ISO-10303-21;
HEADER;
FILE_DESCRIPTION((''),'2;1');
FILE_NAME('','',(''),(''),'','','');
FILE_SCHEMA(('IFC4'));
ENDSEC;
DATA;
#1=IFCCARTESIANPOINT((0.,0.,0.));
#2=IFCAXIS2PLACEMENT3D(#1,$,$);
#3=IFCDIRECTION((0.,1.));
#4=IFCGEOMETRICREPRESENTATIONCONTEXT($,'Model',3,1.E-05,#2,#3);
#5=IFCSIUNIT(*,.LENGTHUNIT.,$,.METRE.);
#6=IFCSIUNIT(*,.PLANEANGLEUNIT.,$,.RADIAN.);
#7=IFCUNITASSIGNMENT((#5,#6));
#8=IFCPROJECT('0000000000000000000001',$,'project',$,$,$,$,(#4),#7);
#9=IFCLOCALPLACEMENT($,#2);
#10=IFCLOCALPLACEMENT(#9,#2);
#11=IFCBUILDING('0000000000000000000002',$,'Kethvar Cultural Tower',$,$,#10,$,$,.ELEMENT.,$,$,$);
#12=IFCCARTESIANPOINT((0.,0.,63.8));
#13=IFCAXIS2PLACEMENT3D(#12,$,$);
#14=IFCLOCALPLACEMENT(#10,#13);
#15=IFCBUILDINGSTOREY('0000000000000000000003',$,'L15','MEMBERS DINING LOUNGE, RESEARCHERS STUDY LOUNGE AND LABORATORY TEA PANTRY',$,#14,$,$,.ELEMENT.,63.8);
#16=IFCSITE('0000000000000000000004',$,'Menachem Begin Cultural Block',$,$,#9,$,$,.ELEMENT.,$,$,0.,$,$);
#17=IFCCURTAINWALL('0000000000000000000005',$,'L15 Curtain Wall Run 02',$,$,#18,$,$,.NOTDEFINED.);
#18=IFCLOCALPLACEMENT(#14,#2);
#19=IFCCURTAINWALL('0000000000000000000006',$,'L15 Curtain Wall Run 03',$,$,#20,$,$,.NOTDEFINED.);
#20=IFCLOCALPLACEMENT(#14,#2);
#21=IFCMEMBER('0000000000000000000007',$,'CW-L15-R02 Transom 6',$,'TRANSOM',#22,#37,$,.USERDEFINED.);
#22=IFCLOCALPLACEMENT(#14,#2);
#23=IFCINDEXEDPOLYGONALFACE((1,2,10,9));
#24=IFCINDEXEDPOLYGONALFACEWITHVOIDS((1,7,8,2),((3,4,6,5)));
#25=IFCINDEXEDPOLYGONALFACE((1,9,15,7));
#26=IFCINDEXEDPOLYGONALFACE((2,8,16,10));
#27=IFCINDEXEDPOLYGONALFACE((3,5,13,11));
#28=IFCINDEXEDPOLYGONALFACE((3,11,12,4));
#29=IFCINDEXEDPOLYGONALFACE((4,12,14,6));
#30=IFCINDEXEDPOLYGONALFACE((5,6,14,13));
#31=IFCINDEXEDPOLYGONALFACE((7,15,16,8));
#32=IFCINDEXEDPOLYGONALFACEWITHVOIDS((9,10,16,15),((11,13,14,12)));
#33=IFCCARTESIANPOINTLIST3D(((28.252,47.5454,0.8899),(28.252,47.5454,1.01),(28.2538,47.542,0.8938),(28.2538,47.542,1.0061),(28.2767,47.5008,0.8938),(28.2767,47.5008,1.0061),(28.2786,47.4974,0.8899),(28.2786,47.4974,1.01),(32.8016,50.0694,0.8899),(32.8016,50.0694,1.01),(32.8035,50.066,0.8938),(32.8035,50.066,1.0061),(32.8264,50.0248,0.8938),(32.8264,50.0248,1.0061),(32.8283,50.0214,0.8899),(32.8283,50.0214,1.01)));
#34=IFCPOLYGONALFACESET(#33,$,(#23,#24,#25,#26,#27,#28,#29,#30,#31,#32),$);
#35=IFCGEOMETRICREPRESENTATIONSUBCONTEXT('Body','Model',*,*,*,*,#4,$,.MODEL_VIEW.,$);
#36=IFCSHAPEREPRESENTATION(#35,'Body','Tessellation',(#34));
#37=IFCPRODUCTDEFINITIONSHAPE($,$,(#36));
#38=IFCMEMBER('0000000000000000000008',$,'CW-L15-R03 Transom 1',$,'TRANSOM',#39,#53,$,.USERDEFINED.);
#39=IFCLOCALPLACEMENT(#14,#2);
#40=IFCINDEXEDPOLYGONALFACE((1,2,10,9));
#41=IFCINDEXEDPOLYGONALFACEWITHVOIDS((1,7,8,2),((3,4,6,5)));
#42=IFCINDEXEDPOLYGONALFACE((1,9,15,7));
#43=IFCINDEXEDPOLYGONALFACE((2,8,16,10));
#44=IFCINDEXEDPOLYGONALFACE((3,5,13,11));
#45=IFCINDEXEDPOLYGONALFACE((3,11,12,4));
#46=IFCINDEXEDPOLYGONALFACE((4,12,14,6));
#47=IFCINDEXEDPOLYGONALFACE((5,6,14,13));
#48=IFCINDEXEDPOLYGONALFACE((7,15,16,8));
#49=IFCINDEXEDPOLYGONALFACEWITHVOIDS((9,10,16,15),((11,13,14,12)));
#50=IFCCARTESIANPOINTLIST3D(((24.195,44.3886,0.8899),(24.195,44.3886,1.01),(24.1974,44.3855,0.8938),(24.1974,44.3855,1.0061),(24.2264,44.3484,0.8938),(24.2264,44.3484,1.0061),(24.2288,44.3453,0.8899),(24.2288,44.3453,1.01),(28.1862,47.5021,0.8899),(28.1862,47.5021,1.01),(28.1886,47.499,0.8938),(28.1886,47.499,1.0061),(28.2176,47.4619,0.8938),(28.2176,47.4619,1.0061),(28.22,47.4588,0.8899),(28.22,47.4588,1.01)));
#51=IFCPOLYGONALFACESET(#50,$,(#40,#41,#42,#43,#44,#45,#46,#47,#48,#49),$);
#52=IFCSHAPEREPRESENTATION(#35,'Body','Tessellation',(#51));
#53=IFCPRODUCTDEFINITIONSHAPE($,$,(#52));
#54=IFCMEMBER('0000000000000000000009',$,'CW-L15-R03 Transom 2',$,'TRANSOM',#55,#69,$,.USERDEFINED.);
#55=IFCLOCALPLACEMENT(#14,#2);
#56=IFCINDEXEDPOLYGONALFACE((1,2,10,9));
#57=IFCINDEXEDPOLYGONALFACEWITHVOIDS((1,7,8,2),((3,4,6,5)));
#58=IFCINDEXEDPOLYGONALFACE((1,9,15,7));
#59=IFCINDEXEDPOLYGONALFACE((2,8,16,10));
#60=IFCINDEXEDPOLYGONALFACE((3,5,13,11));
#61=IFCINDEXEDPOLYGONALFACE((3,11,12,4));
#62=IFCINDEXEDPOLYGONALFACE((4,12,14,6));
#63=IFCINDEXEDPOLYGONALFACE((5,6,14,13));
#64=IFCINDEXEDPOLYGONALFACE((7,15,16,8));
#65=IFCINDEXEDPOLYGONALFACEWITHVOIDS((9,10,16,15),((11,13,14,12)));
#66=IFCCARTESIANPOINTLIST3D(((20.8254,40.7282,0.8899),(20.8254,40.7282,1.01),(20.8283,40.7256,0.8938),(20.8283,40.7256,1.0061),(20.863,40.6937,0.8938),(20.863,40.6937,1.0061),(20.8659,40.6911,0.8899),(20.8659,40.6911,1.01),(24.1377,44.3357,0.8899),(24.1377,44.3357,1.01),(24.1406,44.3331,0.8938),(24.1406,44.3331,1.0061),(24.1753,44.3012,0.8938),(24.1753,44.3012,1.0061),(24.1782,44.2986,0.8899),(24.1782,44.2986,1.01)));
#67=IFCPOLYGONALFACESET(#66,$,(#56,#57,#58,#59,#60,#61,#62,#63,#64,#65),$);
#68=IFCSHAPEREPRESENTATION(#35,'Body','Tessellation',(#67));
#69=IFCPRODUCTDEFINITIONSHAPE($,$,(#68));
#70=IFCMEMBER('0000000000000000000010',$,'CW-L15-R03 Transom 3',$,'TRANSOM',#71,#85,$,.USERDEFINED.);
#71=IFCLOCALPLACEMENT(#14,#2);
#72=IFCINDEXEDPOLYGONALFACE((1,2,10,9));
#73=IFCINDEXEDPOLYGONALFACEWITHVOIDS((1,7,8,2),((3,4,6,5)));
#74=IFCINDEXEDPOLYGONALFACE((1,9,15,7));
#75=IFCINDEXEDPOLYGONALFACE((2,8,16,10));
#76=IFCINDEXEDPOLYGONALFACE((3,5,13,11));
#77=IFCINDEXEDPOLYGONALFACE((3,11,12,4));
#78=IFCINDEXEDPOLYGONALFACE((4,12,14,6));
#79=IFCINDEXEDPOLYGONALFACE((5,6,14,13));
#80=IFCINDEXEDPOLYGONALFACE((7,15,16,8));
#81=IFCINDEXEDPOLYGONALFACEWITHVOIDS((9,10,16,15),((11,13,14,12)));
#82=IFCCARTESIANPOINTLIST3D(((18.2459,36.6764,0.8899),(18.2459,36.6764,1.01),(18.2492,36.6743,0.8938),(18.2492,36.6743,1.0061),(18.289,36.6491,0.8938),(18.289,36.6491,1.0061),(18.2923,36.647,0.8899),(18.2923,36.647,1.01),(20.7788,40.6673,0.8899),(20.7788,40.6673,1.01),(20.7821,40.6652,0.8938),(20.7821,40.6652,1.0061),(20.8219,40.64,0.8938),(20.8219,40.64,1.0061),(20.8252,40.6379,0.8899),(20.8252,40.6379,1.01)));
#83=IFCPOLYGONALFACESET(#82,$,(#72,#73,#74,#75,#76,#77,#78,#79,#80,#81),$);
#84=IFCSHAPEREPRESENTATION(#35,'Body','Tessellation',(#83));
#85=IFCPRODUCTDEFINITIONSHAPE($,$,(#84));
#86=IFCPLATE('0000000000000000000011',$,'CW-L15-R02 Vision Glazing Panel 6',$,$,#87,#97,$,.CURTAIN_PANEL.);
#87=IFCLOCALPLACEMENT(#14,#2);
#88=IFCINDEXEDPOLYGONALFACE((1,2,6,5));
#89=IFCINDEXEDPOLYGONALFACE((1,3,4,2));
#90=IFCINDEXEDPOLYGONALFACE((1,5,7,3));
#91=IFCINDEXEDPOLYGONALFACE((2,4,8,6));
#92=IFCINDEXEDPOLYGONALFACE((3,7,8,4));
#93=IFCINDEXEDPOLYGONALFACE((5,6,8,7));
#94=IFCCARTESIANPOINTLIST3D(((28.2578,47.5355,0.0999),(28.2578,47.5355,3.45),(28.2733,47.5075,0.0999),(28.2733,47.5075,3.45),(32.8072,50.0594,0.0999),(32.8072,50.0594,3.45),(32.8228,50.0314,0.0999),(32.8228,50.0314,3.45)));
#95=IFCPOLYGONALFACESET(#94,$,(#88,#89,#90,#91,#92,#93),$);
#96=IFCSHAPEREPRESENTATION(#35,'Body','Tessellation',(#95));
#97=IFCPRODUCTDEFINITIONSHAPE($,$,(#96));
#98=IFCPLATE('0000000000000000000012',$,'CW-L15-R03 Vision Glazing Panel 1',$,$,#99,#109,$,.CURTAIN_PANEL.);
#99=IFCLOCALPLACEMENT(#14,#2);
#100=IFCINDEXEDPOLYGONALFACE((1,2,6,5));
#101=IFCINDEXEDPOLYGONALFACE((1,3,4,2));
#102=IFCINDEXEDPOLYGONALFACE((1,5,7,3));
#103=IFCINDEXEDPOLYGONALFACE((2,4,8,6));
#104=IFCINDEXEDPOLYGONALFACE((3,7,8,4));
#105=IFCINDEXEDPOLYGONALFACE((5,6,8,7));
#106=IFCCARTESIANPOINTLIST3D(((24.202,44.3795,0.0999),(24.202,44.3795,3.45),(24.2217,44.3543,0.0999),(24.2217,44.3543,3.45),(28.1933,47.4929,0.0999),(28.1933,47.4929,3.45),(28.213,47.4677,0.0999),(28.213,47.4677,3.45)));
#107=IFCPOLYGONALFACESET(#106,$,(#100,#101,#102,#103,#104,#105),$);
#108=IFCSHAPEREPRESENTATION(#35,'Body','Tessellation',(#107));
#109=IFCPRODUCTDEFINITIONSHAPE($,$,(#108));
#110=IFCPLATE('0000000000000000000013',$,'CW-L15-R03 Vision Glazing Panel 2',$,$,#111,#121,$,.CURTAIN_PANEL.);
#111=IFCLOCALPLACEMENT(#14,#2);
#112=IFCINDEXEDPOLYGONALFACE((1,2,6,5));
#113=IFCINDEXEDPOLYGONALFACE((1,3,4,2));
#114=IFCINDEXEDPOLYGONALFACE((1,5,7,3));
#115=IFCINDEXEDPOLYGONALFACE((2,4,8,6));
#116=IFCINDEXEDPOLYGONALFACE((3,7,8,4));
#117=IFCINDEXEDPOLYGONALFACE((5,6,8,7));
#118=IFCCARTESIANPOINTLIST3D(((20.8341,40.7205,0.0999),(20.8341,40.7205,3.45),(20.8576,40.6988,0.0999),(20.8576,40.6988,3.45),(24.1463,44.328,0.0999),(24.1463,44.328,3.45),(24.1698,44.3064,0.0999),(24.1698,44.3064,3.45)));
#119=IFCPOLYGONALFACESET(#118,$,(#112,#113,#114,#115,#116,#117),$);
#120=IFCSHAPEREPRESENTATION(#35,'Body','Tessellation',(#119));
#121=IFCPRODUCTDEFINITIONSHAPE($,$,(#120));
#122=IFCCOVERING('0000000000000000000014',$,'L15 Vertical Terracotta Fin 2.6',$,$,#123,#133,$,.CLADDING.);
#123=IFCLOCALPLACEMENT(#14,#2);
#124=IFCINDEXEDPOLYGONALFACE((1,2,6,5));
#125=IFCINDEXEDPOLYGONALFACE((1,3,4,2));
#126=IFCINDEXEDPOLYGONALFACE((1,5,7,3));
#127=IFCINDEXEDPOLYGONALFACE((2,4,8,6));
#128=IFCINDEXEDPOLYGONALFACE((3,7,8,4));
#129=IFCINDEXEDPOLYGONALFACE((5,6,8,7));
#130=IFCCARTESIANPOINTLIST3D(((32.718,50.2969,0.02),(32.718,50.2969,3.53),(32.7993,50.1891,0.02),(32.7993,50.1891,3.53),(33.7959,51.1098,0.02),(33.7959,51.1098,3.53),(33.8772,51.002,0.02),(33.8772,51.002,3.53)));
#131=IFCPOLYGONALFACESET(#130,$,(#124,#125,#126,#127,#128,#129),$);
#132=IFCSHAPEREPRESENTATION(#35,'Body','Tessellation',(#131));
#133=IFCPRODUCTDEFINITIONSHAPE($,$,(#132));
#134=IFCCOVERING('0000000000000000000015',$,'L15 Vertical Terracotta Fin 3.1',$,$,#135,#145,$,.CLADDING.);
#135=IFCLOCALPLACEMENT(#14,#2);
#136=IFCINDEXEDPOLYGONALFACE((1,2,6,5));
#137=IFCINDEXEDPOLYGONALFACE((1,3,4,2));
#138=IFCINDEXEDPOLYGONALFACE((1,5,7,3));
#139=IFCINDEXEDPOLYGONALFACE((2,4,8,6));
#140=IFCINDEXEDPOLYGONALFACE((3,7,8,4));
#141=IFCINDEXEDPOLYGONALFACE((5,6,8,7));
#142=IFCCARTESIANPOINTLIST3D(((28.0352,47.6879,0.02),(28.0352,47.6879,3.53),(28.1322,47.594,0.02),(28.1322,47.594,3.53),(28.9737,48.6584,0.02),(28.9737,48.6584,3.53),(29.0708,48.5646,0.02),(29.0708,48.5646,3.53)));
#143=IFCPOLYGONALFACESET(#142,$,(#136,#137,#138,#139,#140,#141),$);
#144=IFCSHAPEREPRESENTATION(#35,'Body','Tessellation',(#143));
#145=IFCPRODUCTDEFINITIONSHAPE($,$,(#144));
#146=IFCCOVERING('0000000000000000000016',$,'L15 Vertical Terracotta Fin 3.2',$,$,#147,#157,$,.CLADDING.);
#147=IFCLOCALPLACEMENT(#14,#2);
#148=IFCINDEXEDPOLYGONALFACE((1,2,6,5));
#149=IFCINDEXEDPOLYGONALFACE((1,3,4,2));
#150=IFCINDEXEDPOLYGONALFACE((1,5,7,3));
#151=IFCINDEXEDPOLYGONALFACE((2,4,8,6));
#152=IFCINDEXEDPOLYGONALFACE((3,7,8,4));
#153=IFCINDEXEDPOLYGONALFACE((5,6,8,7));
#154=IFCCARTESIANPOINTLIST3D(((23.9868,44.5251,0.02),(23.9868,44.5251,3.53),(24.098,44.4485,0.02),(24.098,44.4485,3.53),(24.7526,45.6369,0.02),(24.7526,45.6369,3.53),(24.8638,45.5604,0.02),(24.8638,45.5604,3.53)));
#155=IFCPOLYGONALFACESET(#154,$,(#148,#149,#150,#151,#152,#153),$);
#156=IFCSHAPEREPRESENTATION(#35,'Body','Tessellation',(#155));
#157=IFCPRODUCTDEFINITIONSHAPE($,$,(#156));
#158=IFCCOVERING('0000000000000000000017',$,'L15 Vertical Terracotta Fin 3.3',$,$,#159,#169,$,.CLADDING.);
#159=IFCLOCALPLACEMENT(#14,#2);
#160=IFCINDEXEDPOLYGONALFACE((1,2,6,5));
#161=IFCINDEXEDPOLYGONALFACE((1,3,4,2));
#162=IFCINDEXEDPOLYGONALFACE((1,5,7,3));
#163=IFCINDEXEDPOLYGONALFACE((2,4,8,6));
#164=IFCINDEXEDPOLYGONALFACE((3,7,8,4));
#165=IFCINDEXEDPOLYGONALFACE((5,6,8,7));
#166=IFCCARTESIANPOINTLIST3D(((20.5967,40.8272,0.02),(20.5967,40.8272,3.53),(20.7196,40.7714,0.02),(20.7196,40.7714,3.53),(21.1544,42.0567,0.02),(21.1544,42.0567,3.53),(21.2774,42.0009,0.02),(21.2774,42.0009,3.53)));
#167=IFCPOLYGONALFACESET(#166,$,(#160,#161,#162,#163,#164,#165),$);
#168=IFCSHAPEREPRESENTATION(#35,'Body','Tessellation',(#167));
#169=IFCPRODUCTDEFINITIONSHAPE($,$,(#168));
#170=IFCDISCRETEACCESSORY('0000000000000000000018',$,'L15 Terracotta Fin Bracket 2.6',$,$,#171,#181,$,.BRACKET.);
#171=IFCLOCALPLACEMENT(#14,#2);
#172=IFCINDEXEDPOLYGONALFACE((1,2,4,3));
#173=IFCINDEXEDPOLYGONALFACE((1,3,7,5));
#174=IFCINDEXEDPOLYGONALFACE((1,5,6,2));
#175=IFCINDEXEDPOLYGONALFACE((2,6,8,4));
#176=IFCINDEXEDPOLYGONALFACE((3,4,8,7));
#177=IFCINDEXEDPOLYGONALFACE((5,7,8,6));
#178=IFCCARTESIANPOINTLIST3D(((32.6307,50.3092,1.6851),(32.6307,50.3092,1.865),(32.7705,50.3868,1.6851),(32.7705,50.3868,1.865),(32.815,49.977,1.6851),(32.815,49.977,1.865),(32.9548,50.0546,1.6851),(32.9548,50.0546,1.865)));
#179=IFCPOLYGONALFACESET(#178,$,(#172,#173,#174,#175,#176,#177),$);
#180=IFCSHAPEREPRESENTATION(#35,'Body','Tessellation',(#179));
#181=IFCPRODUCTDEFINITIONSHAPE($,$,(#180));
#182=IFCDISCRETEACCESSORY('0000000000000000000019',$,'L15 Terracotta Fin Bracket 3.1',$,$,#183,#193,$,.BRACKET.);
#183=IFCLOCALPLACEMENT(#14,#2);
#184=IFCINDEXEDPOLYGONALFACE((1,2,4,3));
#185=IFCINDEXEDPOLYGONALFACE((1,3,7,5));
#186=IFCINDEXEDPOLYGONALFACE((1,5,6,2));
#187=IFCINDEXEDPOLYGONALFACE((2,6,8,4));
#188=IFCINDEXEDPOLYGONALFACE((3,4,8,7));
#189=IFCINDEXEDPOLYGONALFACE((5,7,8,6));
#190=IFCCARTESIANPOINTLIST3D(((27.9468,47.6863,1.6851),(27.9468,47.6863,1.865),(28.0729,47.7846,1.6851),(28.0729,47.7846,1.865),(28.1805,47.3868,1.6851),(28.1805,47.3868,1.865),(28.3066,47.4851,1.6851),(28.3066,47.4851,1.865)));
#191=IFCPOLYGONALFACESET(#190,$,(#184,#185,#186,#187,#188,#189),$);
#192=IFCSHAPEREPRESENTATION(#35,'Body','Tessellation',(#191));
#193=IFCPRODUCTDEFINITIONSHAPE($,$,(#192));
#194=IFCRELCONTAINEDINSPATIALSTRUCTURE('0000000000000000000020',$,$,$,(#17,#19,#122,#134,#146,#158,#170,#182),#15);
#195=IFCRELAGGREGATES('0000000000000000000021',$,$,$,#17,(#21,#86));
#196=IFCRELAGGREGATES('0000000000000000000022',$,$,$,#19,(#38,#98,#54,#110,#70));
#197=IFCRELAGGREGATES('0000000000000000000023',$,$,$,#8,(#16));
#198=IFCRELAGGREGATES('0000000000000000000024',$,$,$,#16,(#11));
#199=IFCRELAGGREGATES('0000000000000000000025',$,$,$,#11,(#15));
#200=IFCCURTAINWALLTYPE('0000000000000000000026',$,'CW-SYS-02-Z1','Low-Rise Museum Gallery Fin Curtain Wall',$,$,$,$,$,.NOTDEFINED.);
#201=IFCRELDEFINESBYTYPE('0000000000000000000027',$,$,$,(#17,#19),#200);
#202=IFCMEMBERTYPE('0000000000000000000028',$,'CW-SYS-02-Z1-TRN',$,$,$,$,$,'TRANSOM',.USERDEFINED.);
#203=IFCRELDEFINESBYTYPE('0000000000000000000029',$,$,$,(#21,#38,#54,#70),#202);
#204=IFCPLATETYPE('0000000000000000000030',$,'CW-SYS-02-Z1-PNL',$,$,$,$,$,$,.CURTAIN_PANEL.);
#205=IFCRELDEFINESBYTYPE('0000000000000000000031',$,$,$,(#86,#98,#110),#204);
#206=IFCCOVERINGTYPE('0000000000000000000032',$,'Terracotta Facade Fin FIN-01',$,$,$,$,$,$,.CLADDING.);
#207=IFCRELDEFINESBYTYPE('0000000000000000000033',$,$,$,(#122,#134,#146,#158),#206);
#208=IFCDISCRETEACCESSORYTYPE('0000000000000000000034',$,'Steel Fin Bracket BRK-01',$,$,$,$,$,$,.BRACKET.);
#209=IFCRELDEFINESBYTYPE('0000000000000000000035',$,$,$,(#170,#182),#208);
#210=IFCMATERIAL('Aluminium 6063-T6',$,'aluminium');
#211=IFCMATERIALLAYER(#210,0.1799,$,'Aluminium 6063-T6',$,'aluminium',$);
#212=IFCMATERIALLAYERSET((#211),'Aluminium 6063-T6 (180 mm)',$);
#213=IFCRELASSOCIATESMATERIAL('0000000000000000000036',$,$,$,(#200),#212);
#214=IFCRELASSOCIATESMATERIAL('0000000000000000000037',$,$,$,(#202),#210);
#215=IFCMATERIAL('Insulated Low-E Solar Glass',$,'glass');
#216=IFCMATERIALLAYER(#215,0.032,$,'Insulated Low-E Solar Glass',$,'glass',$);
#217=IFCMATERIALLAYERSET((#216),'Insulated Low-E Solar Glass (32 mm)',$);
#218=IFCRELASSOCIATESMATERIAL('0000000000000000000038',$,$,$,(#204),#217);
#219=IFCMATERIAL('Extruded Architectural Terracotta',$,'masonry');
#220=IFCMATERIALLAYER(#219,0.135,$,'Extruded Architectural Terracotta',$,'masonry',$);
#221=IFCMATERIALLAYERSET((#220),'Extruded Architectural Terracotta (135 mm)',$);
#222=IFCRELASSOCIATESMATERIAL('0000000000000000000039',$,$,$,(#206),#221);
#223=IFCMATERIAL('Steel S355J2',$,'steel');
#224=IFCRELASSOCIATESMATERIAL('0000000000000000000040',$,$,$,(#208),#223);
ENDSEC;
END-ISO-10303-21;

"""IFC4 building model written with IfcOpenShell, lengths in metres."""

from ifc_helpers import new_model, si_unit, direction, frame, origin, origin_2d, place, context, subcontext, project, spatial, rectangle, hollow_rectangle, extrude, source, transform, mapped, material, layer, layer_set, material_profile, profile_set, type_object, element, aggregate, save


model = new_model("IFC4")

# Units and contexts
model_context = context("Model", 3, precision=1e-05, world=origin(), true_north=direction((0.0, 1.0)))
body_context = subcontext(model_context, "Body", "Model", "MODEL_VIEW")
ifc_project = project(units=[si_unit("LENGTHUNIT", "METRE"), si_unit("PLANEANGLEUNIT", "RADIAN")], contexts=[model_context])

# Site, building, storey
site_placement = place(None, origin())
site = spatial("IfcSite", under=ifc_project, at=site_placement, Name="Menachem Begin Cultural Block", CompositionType="ELEMENT", RefElevation=0.0)
building_placement = place(site_placement, origin())
building = spatial("IfcBuilding", under=site, at=building_placement, Name="Kethvar Cultural Tower", CompositionType="ELEMENT")
storey_placement = place(building_placement, frame((0.0, 0.0, 63.8)))
storey = spatial("IfcBuildingStorey", under=building, at=storey_placement, Name="L15", Description="MEMBERS DINING LOUNGE, RESEARCHERS STUDY LOUNGE AND LABORATORY TEA PANTRY", CompositionType="ELEMENT", Elevation=63.8)

# Shared definitions
ifc_material_1 = material(Name="Steel S355J2", Category="steel")

# Curtain walls
ifc_material_2 = material(Name="Aluminium 6063-T6", Category="aluminium")
ifc_layer_1 = layer(ifc_material_2, 0.1799, Name="Aluminium 6063-T6", Category="aluminium")
ifc_layer_set_1 = layer_set([ifc_layer_1], Name="Aluminium 6063-T6 (180 mm)")
curtain_wall_type = type_object("IfcCurtainWallType", Name="CW-SYS-02-Z1", Description="Low-Rise Museum Gallery Fin Curtain Wall", PredefinedType="NOTDEFINED", material=ifc_layer_set_1)
curtain_wall_1_placement = place(storey_placement, origin())
curtain_wall_1 = element("IfcCurtainWall", 1, at=curtain_wall_1_placement, inside=storey, type_object=curtain_wall_type, Name="L15 Curtain Wall Run 02", PredefinedType="NOTDEFINED")
curtain_wall_2_placement = place(storey_placement, origin())
curtain_wall_2 = element("IfcCurtainWall", 2, at=curtain_wall_2_placement, inside=storey, type_object=curtain_wall_type, Name="L15 Curtain Wall Run 03", PredefinedType="NOTDEFINED")

# Members
ifc_material_profile_1 = material_profile(ifc_material_2, hollow_rectangle(XDim=0.0549, YDim=0.1201, WallThickness=0.0039, at=origin_2d()), Name="Aluminium 6063-T6 — RHS120x55x4")
ifc_profile_set_1 = profile_set([ifc_material_profile_1], Name="Aluminium 6063-T6 — RHS120x55x4")
member_type_1 = type_object("IfcMemberType", Name="CW-SYS-02-Z1-TRN", ElementType="TRANSOM", PredefinedType="USERDEFINED", material=ifc_profile_set_1)
shared_shape_1 = source(origin(), body_context, "Body", "SweptSolid", [
    extrude(hollow_rectangle(XDim=0.0549, YDim=0.1201, WallThickness=0.0039, at=origin_2d()), origin(), (0.0, 0.0, 1.0), 5.2029),
])
member_1_placement = place(storey_placement, frame((32.8149, 50.0454, 0.95), z_axis=(-0.874452, -0.485113, 0.0), x_axis=(0.485113, -0.874452, 0.0)))
member_1 = element("IfcMember", 3, at=member_1_placement, type_object=member_type_1, Name="CW-L15-R02 Transom 6", ObjectType="TRANSOM", PredefinedType="USERDEFINED", context=body_context, shape_type="MappedRepresentation", body=[
    mapped(shared_shape_1, transform((0.0, 0.0, 0.0), scale=1.0)),
])
shared_shape_2 = source(origin(), body_context, "Body", "SweptSolid", [
    extrude(hollow_rectangle(XDim=0.0549, YDim=0.1201, WallThickness=0.0039, at=origin_2d()), origin(), (0.0, 0.0, 1.0), 5.062),
])
member_2_placement = place(storey_placement, frame((28.2031, 47.4805, 0.95), z_axis=(-0.788466, -0.615079, 0.0), x_axis=(0.615079, -0.788466, 0.0)))
member_2 = element("IfcMember", 4, at=member_2_placement, type_object=member_type_1, Name="CW-L15-R03 Transom 1", ObjectType="TRANSOM", PredefinedType="USERDEFINED", context=body_context, shape_type="MappedRepresentation", body=[
    mapped(shared_shape_2, transform((0.0, 0.0, 0.0), scale=1.0)),
])
shared_shape_3 = source(origin(), body_context, "Body", "SweptSolid", [
    extrude(hollow_rectangle(XDim=0.0549, YDim=0.1201, WallThickness=0.0039, at=origin_2d()), origin(), (0.0, 0.0, 1.0), 4.8975),
])
member_3_placement = place(storey_placement, frame((24.158, 44.3171, 0.95), z_axis=(-0.676329, -0.736599, 0.0), x_axis=(0.736599, -0.676329, 0.0)))
member_3 = element("IfcMember", 5, at=member_3_placement, type_object=member_type_1, Name="CW-L15-R03 Transom 2", ObjectType="TRANSOM", PredefinedType="USERDEFINED", context=body_context, shape_type="MappedRepresentation", body=[
    mapped(shared_shape_3, transform((0.0, 0.0, 0.0), scale=1.0)),
])
shared_shape_4 = source(origin(), body_context, "Body", "SweptSolid", [
    extrude(hollow_rectangle(XDim=0.0549, YDim=0.1201, WallThickness=0.0039, at=origin_2d()), origin(), (0.0, 0.0, 1.0), 4.7268),
])
member_4_placement = place(storey_placement, frame((20.802, 40.6526, 0.95), z_axis=(-0.535859, -0.844307, 0.0), x_axis=(0.844307, -0.535859, 0.0)))
member_4 = element("IfcMember", 6, at=member_4_placement, type_object=member_type_1, Name="CW-L15-R03 Transom 3", ObjectType="TRANSOM", PredefinedType="USERDEFINED", context=body_context, shape_type="MappedRepresentation", body=[
    mapped(shared_shape_4, transform((0.0, 0.0, 0.0), scale=1.0)),
])

# Plates
ifc_material_3 = material(Name="Insulated Low-E Solar Glass", Category="glass")
ifc_layer_2 = layer(ifc_material_3, 0.032, Name="Insulated Low-E Solar Glass", Category="glass")
ifc_layer_set_2 = layer_set([ifc_layer_2], Name="Insulated Low-E Solar Glass (32 mm)")
plate_type = type_object("IfcPlateType", Name="CW-SYS-02-Z1-PNL", PredefinedType="CURTAIN_PANEL", material=ifc_layer_set_2)
shared_shape_5 = source(origin(), body_context, "Body", "SweptSolid", [
    extrude(rectangle(XDim=5.2026, YDim=0.032, at=origin_2d()), origin(), (0.0, 0.0, 1.0), 3.3501),
])
plate_1_placement = place(storey_placement, frame((30.5403, 48.7834, 0.0999), z_axis=(0.0, 0.0, 1.0), x_axis=(-0.87445, -0.485115, 0.0)))
plate_1 = element("IfcPlate", 7, at=plate_1_placement, type_object=plate_type, Name="CW-L15-R02 Vision Glazing Panel 6", PredefinedType="CURTAIN_PANEL", context=body_context, shape_type="MappedRepresentation", body=[
    mapped(shared_shape_5, transform((0.0, 0.0, 0.0), scale=1.0)),
])
aggregate(curtain_wall_1, [member_1, plate_1])
shared_shape_6 = source(origin(), body_context, "Body", "SweptSolid", [
    extrude(rectangle(XDim=5.062, YDim=0.032, at=origin_2d()), origin(), (0.0, 0.0, 1.0), 3.3501),
])
plate_2_placement = place(storey_placement, frame((26.2075, 45.9236, 0.0999), z_axis=(0.0, 0.0, 1.0), x_axis=(-0.788483, -0.615056, 0.0)))
plate_2 = element("IfcPlate", 8, at=plate_2_placement, type_object=plate_type, Name="CW-L15-R03 Vision Glazing Panel 1", PredefinedType="CURTAIN_PANEL", context=body_context, shape_type="MappedRepresentation", body=[
    mapped(shared_shape_6, transform((0.0, 0.0, 0.0), scale=1.0)),
])
shared_shape_7 = source(origin(), body_context, "Body", "SweptSolid", [
    extrude(rectangle(XDim=4.8975, YDim=0.032, at=origin_2d()), origin(), (0.0, 0.0, 1.0), 3.3501),
])
plate_3_placement = place(storey_placement, frame((22.502, 42.5134, 0.0999), z_axis=(0.0, 0.0, 1.0), x_axis=(-0.67631, -0.736617, 0.0)))
plate_3 = element("IfcPlate", 9, at=plate_3_placement, type_object=plate_type, Name="CW-L15-R03 Vision Glazing Panel 2", PredefinedType="CURTAIN_PANEL", context=body_context, shape_type="MappedRepresentation", body=[
    mapped(shared_shape_7, transform((0.0, 0.0, 0.0), scale=1.0)),
])
aggregate(curtain_wall_2, [member_2, plate_2, member_3, plate_3, member_4])

# Coverings
ifc_material_4 = material(Name="Extruded Architectural Terracotta", Category="masonry")
ifc_layer_3 = layer(ifc_material_4, 0.135, Name="Extruded Architectural Terracotta", Category="masonry")
ifc_layer_set_3 = layer_set([ifc_layer_3], Name="Extruded Architectural Terracotta (135 mm)")
covering_type = type_object("IfcCoveringType", Name="Terracotta Facade Fin FIN-01", PredefinedType="CLADDING", material=ifc_layer_set_3)
shared_shape_8 = source(origin(), body_context, "Body", "SweptSolid", [
    extrude(rectangle(XDim=1.3501, YDim=0.135, at=origin_2d()), origin(), (0.0, 0.0, 1.0), 3.51),
])
for number, where, z_axis, x_axis, name in (
    (10, (33.2976, 50.6494, 0.02), (0.0, 0.0, 1.0), (0.798425, 0.602094, 0.0), "L15 Vertical Terracotta Fin 2.6"),
    (11, (28.553, 48.1262, 0.02), (0.0, 0.0, 1.0), (0.69516, 0.718855, 0.0), "L15 Vertical Terracotta Fin 3.1"),
    (12, (24.4253, 45.0427, 0.02), (0.0, 0.0, 1.0), (0.567269, 0.823533, 0.0), "L15 Vertical Terracotta Fin 3.2"),
    (13, (20.937, 41.4141, 0.02), (0.0, 0.0, 1.0), (0.413104, 0.910684, 0.0), "L15 Vertical Terracotta Fin 3.3"),
):
    element("IfcCovering", number, at=place(storey_placement, frame(where, z_axis=z_axis, x_axis=x_axis)), inside=storey, type_object=covering_type, Name=name, PredefinedType="CLADDING", context=body_context, shape_type="MappedRepresentation", body=[
        mapped(shared_shape_8, transform((0.0, 0.0, 0.0), scale=1.0)),
    ])

# Discrete accessories
discrete_accessory_type = type_object("IfcDiscreteAccessoryType", Name="Steel Fin Bracket BRK-01", PredefinedType="BRACKET", material=ifc_material_1)
shared_shape_9 = source(origin(), body_context, "Body", "SweptSolid", [
    extrude(rectangle(XDim=0.3799, YDim=0.1599, at=origin_2d()), origin(), (0.0, 0.0, 1.0), 0.1799),
])
for number, where, z_axis, x_axis, name in (
    (14, (32.7927, 50.1819, 1.6851), (0.0, 0.0, 1.0), (-0.485115, 0.87445, 0.0), "L15 Terracotta Fin Bracket 2.6"),
    (15, (28.1267, 47.5857, 1.6851), (0.0, 0.0, 1.0), (-0.615111, 0.78844, 0.0), "L15 Terracotta Fin Bracket 3.1"),
):
    element("IfcDiscreteAccessory", number, at=place(storey_placement, frame(where, z_axis=z_axis, x_axis=x_axis)), inside=storey, type_object=discrete_accessory_type, Name=name, PredefinedType="BRACKET", context=body_context, shape_type="MappedRepresentation", body=[
        mapped(shared_shape_9, transform((0.0, 0.0, 0.0), scale=1.0)),
    ])

save(model, "model.ifc")
